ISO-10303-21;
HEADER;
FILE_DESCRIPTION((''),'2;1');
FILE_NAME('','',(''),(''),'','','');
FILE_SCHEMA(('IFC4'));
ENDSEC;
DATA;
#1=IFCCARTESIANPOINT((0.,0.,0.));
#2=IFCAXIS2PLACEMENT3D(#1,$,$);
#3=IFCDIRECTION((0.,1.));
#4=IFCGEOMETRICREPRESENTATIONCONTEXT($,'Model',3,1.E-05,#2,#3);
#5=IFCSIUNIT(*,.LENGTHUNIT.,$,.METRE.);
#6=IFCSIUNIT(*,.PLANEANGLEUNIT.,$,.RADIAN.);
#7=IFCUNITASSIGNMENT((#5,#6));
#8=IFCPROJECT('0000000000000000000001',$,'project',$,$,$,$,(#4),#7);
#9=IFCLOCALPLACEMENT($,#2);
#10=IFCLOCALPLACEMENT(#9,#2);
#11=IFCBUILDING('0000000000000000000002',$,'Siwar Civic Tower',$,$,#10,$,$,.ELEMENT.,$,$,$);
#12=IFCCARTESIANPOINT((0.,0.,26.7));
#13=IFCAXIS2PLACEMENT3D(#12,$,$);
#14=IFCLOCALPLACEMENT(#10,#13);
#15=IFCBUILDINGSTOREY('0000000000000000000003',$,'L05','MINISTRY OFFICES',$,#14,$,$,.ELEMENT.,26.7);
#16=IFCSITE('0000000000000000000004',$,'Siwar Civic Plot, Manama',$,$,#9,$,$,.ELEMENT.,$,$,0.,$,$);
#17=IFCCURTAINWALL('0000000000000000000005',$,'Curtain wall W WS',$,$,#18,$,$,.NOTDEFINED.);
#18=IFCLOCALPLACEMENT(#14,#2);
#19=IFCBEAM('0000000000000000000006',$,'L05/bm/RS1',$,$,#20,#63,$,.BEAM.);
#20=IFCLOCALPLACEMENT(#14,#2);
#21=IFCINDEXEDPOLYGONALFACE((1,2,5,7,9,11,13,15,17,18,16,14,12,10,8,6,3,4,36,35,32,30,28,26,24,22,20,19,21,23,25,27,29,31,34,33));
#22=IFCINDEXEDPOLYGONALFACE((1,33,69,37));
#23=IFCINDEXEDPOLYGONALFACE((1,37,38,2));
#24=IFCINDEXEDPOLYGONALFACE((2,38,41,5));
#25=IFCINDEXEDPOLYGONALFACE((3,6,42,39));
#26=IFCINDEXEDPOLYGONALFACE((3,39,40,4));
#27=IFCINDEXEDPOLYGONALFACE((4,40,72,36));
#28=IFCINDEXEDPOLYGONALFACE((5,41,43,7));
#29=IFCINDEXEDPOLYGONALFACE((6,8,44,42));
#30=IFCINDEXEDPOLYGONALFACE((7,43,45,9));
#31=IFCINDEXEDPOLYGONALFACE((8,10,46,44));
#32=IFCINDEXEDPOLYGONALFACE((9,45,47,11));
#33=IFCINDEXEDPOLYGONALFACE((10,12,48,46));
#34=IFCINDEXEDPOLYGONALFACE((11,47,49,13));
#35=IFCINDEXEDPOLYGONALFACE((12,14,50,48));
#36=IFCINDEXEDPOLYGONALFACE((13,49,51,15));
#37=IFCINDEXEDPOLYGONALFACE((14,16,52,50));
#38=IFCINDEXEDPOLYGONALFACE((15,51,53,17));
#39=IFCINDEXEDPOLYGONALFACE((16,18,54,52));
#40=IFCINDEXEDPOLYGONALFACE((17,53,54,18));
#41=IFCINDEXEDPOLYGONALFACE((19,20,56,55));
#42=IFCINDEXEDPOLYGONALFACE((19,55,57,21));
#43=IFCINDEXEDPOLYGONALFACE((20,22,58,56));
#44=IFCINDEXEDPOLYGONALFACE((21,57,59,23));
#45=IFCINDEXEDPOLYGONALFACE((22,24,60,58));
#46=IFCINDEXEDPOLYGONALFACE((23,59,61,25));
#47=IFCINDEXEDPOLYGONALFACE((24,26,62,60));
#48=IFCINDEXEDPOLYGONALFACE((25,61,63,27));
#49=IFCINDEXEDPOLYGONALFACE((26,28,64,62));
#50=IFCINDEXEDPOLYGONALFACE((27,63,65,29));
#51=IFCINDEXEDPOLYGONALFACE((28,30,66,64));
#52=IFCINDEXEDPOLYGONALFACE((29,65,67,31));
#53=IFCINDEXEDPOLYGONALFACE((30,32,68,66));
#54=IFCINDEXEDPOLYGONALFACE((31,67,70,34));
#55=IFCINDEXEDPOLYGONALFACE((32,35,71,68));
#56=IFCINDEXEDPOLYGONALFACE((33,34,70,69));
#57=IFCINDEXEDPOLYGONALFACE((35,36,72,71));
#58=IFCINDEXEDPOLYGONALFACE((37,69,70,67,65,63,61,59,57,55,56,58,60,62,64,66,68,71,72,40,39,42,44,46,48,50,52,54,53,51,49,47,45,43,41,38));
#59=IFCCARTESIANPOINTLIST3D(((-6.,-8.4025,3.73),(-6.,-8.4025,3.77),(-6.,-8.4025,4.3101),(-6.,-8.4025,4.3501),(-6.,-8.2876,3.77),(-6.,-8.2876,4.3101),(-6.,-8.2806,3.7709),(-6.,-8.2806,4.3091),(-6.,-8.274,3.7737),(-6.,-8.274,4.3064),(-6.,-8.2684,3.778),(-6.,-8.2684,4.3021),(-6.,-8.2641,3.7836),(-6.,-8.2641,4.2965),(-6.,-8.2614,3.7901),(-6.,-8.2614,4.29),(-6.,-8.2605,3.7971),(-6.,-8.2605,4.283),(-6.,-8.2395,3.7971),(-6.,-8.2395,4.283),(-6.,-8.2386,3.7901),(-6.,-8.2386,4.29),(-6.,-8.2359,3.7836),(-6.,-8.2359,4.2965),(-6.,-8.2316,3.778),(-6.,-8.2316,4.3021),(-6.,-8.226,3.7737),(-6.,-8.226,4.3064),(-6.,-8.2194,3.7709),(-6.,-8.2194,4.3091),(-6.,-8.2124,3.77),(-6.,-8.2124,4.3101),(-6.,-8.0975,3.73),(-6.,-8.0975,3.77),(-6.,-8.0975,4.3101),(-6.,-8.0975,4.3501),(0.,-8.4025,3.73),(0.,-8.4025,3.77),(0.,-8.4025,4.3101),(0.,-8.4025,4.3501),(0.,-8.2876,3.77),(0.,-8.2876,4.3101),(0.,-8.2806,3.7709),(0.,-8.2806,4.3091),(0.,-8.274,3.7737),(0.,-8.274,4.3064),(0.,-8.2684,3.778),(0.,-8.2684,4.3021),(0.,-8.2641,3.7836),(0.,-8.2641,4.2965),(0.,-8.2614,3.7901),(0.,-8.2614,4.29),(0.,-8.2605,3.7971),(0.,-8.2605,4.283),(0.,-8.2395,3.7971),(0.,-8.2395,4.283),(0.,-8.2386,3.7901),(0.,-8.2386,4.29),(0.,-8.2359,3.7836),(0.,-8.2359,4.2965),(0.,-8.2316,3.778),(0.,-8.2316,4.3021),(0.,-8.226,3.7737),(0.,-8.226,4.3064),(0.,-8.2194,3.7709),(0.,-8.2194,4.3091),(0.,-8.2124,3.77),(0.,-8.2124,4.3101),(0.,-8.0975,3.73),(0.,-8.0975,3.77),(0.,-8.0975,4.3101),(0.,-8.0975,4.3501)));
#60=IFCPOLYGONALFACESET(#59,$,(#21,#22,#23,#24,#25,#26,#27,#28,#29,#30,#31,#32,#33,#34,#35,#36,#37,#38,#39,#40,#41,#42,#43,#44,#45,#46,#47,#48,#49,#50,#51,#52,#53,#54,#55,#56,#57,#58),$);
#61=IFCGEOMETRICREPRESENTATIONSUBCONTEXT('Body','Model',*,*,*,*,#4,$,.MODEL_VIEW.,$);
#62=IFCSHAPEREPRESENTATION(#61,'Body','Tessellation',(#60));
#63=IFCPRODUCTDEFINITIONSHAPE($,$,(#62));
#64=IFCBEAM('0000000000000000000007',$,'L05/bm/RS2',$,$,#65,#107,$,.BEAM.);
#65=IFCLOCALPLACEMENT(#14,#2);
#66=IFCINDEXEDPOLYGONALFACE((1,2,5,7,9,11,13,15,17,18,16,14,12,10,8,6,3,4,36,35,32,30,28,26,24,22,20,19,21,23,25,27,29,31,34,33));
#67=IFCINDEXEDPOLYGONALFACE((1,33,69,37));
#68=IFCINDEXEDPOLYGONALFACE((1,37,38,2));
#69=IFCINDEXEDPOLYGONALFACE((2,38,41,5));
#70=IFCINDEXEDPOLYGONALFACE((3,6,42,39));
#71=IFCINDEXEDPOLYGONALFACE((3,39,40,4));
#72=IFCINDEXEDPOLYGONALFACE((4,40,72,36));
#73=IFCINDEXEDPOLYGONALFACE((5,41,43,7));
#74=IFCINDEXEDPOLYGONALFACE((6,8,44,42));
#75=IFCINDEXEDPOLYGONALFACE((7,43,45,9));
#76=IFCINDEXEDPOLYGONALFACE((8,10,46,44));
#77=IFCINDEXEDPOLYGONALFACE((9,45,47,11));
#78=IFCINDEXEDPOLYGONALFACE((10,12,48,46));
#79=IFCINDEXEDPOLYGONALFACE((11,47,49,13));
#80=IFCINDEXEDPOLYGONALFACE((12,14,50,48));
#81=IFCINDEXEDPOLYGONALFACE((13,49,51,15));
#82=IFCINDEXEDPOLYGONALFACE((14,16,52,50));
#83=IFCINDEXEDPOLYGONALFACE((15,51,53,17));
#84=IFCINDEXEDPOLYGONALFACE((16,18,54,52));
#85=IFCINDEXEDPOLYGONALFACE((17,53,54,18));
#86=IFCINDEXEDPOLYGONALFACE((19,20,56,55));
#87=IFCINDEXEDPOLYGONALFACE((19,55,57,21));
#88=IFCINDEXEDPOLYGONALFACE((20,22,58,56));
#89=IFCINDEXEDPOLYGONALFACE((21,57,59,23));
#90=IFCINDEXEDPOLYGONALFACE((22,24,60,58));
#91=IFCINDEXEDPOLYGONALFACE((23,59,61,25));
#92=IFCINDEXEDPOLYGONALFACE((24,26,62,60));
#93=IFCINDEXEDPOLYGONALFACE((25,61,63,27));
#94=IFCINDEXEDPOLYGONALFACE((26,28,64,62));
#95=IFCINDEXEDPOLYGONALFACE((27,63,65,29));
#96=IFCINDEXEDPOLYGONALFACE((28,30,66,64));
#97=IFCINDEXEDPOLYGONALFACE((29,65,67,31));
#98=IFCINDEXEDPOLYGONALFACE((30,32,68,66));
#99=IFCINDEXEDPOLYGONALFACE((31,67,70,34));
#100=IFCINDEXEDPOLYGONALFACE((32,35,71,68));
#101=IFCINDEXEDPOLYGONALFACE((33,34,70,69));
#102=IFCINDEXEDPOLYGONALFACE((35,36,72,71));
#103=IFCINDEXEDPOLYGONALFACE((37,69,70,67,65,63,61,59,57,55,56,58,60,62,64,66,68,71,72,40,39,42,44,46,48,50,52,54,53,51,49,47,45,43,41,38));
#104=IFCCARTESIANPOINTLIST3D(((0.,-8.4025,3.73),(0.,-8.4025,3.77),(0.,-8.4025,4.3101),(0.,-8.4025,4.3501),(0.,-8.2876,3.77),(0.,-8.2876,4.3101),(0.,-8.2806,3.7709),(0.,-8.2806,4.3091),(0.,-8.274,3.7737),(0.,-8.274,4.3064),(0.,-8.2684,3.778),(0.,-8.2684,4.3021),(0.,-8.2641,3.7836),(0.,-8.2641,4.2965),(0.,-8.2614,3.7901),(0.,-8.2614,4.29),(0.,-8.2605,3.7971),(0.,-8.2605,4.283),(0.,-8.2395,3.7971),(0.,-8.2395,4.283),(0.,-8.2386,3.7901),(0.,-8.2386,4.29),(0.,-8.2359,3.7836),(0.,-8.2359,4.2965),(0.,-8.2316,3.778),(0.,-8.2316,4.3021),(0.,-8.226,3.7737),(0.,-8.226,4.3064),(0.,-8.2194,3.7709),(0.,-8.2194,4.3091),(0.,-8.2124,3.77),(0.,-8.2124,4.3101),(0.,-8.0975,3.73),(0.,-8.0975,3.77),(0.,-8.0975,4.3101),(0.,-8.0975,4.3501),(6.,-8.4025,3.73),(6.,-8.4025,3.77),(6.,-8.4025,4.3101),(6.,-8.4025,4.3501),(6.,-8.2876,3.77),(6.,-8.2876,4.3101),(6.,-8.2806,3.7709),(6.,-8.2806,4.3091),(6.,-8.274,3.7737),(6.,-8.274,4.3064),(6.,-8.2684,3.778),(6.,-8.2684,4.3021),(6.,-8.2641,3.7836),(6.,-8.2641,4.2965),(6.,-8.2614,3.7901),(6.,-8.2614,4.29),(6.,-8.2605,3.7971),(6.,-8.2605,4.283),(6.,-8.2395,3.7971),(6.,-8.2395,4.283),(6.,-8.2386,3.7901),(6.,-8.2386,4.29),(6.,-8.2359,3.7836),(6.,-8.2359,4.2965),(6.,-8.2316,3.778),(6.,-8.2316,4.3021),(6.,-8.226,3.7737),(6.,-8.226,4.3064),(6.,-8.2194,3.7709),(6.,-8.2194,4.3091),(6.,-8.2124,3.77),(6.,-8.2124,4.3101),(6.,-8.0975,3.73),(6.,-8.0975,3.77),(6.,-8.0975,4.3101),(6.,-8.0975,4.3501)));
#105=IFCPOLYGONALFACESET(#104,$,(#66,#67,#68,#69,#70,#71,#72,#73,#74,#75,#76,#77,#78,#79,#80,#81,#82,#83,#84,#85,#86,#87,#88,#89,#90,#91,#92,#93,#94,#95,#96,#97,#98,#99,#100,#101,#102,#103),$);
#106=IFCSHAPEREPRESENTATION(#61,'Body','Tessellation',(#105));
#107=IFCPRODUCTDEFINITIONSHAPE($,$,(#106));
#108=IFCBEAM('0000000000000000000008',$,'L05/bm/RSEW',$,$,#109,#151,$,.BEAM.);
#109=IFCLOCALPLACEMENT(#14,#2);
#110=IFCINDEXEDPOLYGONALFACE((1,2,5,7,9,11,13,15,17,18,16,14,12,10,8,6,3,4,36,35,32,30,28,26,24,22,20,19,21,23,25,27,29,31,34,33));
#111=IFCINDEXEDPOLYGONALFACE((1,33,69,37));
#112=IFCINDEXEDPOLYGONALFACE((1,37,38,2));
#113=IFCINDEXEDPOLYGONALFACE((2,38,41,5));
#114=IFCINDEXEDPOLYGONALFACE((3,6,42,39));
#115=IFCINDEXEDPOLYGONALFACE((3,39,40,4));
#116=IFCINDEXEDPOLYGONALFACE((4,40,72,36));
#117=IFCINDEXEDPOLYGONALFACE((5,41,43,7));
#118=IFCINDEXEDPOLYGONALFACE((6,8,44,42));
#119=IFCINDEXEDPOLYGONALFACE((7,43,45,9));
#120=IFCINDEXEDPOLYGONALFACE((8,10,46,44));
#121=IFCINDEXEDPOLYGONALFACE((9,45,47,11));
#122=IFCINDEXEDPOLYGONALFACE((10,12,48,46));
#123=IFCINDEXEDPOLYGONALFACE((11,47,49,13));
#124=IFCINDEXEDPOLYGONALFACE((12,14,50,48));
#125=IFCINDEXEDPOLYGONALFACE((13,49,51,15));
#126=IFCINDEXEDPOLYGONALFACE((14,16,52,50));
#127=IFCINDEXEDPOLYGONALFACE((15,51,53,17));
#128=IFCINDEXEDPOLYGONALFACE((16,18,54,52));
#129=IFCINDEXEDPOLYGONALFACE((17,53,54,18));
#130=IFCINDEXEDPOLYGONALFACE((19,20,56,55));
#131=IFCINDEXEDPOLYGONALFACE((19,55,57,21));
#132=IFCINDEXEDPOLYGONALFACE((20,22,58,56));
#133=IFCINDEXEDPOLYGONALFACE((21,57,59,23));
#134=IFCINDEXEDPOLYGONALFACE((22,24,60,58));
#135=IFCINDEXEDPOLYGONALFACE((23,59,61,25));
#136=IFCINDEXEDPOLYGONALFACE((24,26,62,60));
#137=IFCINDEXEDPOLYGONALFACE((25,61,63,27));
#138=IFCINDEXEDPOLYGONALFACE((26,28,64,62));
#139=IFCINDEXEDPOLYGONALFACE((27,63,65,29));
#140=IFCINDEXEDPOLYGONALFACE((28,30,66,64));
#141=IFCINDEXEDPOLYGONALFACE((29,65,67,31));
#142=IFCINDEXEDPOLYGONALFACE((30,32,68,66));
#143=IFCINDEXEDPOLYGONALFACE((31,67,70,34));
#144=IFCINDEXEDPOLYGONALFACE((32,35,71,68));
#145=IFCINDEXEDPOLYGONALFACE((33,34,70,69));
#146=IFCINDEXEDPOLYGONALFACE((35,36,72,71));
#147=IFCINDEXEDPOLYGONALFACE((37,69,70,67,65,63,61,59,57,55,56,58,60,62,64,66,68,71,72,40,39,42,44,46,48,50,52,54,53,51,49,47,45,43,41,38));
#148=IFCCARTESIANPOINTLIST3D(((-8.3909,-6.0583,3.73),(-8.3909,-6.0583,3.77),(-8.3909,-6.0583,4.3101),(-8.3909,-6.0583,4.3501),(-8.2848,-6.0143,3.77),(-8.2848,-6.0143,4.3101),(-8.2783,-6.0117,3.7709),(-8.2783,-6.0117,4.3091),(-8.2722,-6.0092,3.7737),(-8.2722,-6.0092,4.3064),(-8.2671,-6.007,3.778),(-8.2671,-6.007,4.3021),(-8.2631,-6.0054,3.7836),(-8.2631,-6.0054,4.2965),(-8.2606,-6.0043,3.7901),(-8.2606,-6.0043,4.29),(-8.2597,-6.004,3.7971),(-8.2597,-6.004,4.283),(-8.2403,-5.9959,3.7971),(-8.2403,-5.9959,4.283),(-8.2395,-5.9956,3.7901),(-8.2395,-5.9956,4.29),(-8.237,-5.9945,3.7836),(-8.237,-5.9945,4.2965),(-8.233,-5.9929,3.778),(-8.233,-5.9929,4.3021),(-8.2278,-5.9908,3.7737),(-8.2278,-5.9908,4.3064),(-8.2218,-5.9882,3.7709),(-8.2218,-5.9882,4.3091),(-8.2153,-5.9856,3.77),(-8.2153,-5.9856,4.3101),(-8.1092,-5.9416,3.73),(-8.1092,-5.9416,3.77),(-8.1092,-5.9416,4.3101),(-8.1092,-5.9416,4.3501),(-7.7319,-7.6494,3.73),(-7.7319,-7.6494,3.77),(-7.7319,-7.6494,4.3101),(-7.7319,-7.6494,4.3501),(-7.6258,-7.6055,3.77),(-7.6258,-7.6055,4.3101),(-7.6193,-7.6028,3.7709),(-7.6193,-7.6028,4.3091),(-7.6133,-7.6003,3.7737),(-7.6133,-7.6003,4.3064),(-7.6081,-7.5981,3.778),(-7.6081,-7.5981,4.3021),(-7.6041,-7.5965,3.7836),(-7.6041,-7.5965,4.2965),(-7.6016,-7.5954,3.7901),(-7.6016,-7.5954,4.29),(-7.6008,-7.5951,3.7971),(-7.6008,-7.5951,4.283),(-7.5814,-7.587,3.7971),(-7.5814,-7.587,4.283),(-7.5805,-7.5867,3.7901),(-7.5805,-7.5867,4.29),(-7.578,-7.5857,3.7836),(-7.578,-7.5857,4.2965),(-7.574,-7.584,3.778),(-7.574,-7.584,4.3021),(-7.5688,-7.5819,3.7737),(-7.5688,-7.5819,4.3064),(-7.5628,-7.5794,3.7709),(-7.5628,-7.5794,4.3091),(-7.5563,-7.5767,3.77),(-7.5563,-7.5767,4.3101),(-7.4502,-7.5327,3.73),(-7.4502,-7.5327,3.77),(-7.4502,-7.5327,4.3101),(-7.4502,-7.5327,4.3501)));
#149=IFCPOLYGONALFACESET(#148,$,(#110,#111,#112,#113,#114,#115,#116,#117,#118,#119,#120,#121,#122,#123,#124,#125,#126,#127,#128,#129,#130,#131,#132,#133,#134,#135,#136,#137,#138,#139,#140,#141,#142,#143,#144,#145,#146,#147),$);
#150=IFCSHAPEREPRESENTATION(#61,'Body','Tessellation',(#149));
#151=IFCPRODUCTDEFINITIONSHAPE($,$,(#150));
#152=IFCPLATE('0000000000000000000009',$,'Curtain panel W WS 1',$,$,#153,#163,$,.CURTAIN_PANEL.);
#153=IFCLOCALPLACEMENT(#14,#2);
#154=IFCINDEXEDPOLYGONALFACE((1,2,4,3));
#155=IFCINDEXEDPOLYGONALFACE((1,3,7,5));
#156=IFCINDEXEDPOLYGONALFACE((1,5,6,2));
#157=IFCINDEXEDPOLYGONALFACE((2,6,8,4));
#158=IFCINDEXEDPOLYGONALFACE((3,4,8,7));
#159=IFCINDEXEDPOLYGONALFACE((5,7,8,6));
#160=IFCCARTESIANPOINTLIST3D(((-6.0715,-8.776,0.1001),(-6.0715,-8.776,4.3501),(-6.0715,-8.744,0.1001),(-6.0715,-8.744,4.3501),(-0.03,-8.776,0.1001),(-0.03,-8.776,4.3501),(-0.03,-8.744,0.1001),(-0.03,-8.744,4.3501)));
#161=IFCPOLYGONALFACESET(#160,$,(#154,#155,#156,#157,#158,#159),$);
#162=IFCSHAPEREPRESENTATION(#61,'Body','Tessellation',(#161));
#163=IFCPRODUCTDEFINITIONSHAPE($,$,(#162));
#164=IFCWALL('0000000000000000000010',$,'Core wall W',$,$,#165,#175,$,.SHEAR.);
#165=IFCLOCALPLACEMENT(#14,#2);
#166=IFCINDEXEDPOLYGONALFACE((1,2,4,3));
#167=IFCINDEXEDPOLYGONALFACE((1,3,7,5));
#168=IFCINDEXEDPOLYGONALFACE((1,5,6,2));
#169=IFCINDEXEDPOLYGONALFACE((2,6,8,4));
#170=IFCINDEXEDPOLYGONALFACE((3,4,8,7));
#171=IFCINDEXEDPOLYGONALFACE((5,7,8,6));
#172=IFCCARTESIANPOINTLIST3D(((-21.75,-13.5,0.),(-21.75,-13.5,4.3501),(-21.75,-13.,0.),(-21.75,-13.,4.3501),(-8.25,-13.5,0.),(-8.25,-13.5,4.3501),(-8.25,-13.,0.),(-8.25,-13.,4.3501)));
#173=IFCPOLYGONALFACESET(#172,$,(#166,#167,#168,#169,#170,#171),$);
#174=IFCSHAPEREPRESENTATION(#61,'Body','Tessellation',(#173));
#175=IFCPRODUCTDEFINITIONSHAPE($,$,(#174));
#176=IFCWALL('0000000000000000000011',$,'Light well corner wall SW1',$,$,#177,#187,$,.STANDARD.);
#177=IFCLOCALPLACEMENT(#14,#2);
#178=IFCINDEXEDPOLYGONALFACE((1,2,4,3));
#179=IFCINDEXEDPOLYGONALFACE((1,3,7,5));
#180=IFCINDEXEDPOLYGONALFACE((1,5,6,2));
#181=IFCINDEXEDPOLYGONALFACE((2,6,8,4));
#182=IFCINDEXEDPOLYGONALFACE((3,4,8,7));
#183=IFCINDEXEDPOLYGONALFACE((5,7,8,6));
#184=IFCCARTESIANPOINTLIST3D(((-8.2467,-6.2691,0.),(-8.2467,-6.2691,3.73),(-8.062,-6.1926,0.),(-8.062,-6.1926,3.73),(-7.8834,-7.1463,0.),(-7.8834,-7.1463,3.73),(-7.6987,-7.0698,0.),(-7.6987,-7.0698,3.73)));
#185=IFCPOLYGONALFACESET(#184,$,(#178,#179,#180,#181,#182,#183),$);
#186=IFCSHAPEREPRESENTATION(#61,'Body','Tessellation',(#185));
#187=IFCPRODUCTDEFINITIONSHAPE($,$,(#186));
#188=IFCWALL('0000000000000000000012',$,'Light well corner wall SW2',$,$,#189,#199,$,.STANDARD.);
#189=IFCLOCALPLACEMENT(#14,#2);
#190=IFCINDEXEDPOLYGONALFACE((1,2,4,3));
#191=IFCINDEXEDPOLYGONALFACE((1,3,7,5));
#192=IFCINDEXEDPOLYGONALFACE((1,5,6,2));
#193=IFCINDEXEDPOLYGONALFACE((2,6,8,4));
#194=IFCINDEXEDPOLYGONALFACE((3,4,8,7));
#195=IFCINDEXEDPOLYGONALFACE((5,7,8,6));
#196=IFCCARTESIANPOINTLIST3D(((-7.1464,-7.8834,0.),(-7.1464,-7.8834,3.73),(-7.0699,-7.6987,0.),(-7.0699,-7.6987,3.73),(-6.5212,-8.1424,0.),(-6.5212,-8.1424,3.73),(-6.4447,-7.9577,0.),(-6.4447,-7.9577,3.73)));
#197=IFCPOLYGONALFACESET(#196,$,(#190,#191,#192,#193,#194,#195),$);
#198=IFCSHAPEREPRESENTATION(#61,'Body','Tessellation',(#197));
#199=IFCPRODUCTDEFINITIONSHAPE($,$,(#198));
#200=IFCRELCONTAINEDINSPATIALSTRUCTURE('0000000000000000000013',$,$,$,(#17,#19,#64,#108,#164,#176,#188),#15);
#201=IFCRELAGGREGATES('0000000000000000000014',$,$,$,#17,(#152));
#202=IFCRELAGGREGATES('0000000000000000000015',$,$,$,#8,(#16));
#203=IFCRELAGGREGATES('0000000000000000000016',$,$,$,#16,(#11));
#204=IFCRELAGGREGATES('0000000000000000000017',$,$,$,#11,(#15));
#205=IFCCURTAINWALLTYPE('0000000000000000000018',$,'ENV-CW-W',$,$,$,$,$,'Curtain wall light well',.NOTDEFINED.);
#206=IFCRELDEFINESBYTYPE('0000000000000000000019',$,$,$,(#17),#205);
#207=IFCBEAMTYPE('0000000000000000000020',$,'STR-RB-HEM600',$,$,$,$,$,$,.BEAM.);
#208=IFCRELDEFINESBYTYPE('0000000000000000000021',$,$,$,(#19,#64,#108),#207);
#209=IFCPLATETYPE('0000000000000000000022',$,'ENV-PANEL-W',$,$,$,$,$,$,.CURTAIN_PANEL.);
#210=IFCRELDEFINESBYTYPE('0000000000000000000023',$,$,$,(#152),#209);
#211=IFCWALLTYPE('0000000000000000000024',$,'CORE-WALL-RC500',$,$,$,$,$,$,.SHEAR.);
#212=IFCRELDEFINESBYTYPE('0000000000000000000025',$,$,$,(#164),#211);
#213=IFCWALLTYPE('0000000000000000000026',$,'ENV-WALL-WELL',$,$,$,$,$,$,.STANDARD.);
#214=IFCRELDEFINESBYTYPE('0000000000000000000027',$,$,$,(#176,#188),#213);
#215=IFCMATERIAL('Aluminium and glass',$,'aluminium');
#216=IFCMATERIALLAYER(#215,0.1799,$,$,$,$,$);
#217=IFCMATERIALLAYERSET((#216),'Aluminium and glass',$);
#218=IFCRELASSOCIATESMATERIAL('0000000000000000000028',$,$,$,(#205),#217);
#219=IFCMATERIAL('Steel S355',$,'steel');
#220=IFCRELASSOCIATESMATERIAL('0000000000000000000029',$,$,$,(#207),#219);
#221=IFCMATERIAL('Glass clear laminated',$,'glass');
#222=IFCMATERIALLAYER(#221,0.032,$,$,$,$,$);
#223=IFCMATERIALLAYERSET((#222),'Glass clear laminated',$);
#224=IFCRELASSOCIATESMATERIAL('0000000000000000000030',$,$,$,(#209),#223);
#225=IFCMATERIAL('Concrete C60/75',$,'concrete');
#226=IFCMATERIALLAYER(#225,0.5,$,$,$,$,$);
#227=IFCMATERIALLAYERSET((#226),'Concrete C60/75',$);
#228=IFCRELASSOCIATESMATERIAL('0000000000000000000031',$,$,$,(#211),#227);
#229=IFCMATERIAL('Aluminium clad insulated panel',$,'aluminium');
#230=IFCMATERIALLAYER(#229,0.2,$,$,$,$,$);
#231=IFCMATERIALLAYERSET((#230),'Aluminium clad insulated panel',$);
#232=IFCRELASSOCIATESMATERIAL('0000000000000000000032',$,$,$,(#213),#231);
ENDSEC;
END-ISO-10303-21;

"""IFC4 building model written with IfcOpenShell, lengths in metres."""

from ifc_helpers import new_model, si_unit, direction, frame, frame_2d, origin, origin_2d, place, context, subcontext, project, spatial, rectangle, i_section, extrude, material, layer, layer_set, material_profile, profile_set, type_object, element, aggregate, save


model = new_model("IFC4")

# Units and contexts
model_context = context("Model", 3, precision=1e-05, world=origin(), true_north=direction((0.0, 1.0)))
body_context = subcontext(model_context, "Body", "Model", "MODEL_VIEW")
ifc_project = project(units=[si_unit("LENGTHUNIT", "METRE"), si_unit("PLANEANGLEUNIT", "RADIAN")], contexts=[model_context])

# Site, building, storey
site_placement = place(None, origin())
site = spatial("IfcSite", under=ifc_project, at=site_placement, Name="Siwar Civic Plot, Manama", CompositionType="ELEMENT", RefElevation=0.0)
building_placement = place(site_placement, origin())
building = spatial("IfcBuilding", under=site, at=building_placement, Name="Siwar Civic Tower", CompositionType="ELEMENT")
storey_placement = place(building_placement, frame((0.0, 0.0, 26.7)))
storey = spatial("IfcBuildingStorey", under=building, at=storey_placement, Name="L05", Description="MINISTRY OFFICES", CompositionType="ELEMENT", Elevation=26.7)

# Curtain wall
ifc_material_1 = material(Name="Aluminium and glass", Category="aluminium")
ifc_layer_1 = layer(ifc_material_1, 0.1799)
ifc_layer_set_1 = layer_set([ifc_layer_1], Name="Aluminium and glass")
curtain_wall_type = type_object("IfcCurtainWallType", Name="ENV-CW-W", ElementType="Curtain wall light well", PredefinedType="NOTDEFINED", material=ifc_layer_set_1)
curtain_wall_placement = place(storey_placement, origin())
curtain_wall = element("IfcCurtainWall", 1, at=curtain_wall_placement, inside=storey, type_object=curtain_wall_type, Name="Curtain wall W WS", PredefinedType="NOTDEFINED")

# Beams
ifc_material_2 = material(Name="Steel S355", Category="steel")
ifc_material_profile_1 = material_profile(ifc_material_2, i_section(OverallWidth=0.3049, OverallDepth=0.6201, WebThickness=0.021, FlangeThickness=0.04, FilletRadius=0.0271, at=origin_2d()), Name="HEM600")
ifc_profile_set_1 = profile_set([ifc_material_profile_1], Name="Steel S355")
beam_type_1 = type_object("IfcBeamType", Name="STR-RB-HEM600", PredefinedType="BEAM", material=ifc_profile_set_1)
for number, where, z_axis, x_axis, name in (
    (2, (-6.0, -8.25, 4.04), (1.0, 0.0, 0.0), (0.0, 1.0, 0.0), "L05/bm/RS1"),
    (3, (0.0, -8.25, 4.04), (1.0, 0.0, 0.0), (0.0, 1.0, 0.0), "L05/bm/RS2"),
):
    element("IfcBeam", number, at=place(storey_placement, frame(where, z_axis=z_axis, x_axis=x_axis)), inside=storey, type_object=beam_type_1, Name=name, PredefinedType="BEAM", context=body_context, shape_type="SweptSolid", body=[
        extrude(i_section(OverallWidth=0.3049, OverallDepth=0.6201, WebThickness=0.021, FlangeThickness=0.04, FilletRadius=0.0271, at=origin_2d()), origin(), (0.0, 0.0, 1.0), 6.0),
    ])
beam_1_placement = place(storey_placement, frame((-7.5911, -7.5911, 4.04), z_axis=(-0.382631, 0.923901, 0.0), x_axis=(-0.923901, -0.382631, 0.0)))
element("IfcBeam", 4, at=beam_1_placement, inside=storey, type_object=beam_type_1, Name="L05/bm/RSEW", PredefinedType="BEAM", context=body_context, shape_type="SweptSolid", body=[
    extrude(i_section(OverallWidth=0.3049, OverallDepth=0.6201, WebThickness=0.021, FlangeThickness=0.04, FilletRadius=0.0271, at=origin_2d()), origin(), (0.0, 0.0, 1.0), 1.7222),
])

# Plate
ifc_material_3 = material(Name="Glass clear laminated", Category="glass")
ifc_layer_2 = layer(ifc_material_3, 0.032)
ifc_layer_set_2 = layer_set([ifc_layer_2], Name="Glass clear laminated")
plate_type = type_object("IfcPlateType", Name="ENV-PANEL-W", PredefinedType="CURTAIN_PANEL", material=ifc_layer_set_2)
plate_placement = place(storey_placement, frame((-3.0508, -8.76, 0.1001), z_axis=(0.0, 0.0, 1.0), x_axis=(1.0, 0.0, 0.0)))
plate = element("IfcPlate", 5, at=plate_placement, type_object=plate_type, Name="Curtain panel W WS 1", PredefinedType="CURTAIN_PANEL", context=body_context, shape_type="SweptSolid", body=[
    extrude(rectangle(XDim=6.0415, YDim=0.032, at=origin_2d()), origin(), (0.0, 0.0, 1.0), 4.25),
])
aggregate(curtain_wall, [plate])

# Walls
ifc_material_4 = material(Name="Concrete C60/75", Category="concrete")
ifc_layer_3 = layer(ifc_material_4, 0.5)
ifc_layer_set_3 = layer_set([ifc_layer_3], Name="Concrete C60/75")
wall_type_1 = type_object("IfcWallType", Name="CORE-WALL-RC500", PredefinedType="SHEAR", material=ifc_layer_set_3)
wall_1_placement = place(storey_placement, frame((-8.25, -13.25, 0.0), z_axis=(0.0, 0.0, 1.0), x_axis=(-1.0, 0.0, 0.0)))
element("IfcWall", 6, at=wall_1_placement, inside=storey, type_object=wall_type_1, Name="Core wall W", PredefinedType="SHEAR", context=body_context, shape_type="SweptSolid", body=[
    extrude(rectangle(XDim=13.5, YDim=0.5, at=frame_2d((6.75, 0.0))), origin(), (0.0, 0.0, 1.0), 4.3501),
])
ifc_material_5 = material(Name="Aluminium clad insulated panel", Category="aluminium")
ifc_layer_4 = layer(ifc_material_5, 0.2)
ifc_layer_set_4 = layer_set([ifc_layer_4], Name="Aluminium clad insulated panel")
wall_type_2 = type_object("IfcWallType", Name="ENV-WALL-WELL", PredefinedType="STANDARD", material=ifc_layer_set_4)
wall_2_placement = place(storey_placement, frame((-8.1543, -6.231, 0.0), z_axis=(0.0, 0.0, 1.0), x_axis=(0.382624, -0.923904, 0.0)))
element("IfcWall", 7, at=wall_2_placement, inside=storey, type_object=wall_type_2, Name="Light well corner wall SW1", PredefinedType="STANDARD", context=body_context, shape_type="SweptSolid", body=[
    extrude(rectangle(XDim=0.9495, YDim=0.2, at=frame_2d((0.4746, 0.0))), origin(), (0.0, 0.0, 1.0), 3.73),
])
wall_3_placement = place(storey_placement, frame((-7.1082, -7.791, 0.0), z_axis=(0.0, 0.0, 1.0), x_axis=(0.923854, -0.382745, 0.0)))
element("IfcWall", 8, at=wall_3_placement, inside=storey, type_object=wall_type_2, Name="Light well corner wall SW2", PredefinedType="STANDARD", context=body_context, shape_type="SweptSolid", body=[
    extrude(rectangle(XDim=0.6768, YDim=0.2, at=frame_2d((0.3384, 0.0))), origin(), (0.0, 0.0, 1.0), 3.73),
])

save(model, "model.ifc")
